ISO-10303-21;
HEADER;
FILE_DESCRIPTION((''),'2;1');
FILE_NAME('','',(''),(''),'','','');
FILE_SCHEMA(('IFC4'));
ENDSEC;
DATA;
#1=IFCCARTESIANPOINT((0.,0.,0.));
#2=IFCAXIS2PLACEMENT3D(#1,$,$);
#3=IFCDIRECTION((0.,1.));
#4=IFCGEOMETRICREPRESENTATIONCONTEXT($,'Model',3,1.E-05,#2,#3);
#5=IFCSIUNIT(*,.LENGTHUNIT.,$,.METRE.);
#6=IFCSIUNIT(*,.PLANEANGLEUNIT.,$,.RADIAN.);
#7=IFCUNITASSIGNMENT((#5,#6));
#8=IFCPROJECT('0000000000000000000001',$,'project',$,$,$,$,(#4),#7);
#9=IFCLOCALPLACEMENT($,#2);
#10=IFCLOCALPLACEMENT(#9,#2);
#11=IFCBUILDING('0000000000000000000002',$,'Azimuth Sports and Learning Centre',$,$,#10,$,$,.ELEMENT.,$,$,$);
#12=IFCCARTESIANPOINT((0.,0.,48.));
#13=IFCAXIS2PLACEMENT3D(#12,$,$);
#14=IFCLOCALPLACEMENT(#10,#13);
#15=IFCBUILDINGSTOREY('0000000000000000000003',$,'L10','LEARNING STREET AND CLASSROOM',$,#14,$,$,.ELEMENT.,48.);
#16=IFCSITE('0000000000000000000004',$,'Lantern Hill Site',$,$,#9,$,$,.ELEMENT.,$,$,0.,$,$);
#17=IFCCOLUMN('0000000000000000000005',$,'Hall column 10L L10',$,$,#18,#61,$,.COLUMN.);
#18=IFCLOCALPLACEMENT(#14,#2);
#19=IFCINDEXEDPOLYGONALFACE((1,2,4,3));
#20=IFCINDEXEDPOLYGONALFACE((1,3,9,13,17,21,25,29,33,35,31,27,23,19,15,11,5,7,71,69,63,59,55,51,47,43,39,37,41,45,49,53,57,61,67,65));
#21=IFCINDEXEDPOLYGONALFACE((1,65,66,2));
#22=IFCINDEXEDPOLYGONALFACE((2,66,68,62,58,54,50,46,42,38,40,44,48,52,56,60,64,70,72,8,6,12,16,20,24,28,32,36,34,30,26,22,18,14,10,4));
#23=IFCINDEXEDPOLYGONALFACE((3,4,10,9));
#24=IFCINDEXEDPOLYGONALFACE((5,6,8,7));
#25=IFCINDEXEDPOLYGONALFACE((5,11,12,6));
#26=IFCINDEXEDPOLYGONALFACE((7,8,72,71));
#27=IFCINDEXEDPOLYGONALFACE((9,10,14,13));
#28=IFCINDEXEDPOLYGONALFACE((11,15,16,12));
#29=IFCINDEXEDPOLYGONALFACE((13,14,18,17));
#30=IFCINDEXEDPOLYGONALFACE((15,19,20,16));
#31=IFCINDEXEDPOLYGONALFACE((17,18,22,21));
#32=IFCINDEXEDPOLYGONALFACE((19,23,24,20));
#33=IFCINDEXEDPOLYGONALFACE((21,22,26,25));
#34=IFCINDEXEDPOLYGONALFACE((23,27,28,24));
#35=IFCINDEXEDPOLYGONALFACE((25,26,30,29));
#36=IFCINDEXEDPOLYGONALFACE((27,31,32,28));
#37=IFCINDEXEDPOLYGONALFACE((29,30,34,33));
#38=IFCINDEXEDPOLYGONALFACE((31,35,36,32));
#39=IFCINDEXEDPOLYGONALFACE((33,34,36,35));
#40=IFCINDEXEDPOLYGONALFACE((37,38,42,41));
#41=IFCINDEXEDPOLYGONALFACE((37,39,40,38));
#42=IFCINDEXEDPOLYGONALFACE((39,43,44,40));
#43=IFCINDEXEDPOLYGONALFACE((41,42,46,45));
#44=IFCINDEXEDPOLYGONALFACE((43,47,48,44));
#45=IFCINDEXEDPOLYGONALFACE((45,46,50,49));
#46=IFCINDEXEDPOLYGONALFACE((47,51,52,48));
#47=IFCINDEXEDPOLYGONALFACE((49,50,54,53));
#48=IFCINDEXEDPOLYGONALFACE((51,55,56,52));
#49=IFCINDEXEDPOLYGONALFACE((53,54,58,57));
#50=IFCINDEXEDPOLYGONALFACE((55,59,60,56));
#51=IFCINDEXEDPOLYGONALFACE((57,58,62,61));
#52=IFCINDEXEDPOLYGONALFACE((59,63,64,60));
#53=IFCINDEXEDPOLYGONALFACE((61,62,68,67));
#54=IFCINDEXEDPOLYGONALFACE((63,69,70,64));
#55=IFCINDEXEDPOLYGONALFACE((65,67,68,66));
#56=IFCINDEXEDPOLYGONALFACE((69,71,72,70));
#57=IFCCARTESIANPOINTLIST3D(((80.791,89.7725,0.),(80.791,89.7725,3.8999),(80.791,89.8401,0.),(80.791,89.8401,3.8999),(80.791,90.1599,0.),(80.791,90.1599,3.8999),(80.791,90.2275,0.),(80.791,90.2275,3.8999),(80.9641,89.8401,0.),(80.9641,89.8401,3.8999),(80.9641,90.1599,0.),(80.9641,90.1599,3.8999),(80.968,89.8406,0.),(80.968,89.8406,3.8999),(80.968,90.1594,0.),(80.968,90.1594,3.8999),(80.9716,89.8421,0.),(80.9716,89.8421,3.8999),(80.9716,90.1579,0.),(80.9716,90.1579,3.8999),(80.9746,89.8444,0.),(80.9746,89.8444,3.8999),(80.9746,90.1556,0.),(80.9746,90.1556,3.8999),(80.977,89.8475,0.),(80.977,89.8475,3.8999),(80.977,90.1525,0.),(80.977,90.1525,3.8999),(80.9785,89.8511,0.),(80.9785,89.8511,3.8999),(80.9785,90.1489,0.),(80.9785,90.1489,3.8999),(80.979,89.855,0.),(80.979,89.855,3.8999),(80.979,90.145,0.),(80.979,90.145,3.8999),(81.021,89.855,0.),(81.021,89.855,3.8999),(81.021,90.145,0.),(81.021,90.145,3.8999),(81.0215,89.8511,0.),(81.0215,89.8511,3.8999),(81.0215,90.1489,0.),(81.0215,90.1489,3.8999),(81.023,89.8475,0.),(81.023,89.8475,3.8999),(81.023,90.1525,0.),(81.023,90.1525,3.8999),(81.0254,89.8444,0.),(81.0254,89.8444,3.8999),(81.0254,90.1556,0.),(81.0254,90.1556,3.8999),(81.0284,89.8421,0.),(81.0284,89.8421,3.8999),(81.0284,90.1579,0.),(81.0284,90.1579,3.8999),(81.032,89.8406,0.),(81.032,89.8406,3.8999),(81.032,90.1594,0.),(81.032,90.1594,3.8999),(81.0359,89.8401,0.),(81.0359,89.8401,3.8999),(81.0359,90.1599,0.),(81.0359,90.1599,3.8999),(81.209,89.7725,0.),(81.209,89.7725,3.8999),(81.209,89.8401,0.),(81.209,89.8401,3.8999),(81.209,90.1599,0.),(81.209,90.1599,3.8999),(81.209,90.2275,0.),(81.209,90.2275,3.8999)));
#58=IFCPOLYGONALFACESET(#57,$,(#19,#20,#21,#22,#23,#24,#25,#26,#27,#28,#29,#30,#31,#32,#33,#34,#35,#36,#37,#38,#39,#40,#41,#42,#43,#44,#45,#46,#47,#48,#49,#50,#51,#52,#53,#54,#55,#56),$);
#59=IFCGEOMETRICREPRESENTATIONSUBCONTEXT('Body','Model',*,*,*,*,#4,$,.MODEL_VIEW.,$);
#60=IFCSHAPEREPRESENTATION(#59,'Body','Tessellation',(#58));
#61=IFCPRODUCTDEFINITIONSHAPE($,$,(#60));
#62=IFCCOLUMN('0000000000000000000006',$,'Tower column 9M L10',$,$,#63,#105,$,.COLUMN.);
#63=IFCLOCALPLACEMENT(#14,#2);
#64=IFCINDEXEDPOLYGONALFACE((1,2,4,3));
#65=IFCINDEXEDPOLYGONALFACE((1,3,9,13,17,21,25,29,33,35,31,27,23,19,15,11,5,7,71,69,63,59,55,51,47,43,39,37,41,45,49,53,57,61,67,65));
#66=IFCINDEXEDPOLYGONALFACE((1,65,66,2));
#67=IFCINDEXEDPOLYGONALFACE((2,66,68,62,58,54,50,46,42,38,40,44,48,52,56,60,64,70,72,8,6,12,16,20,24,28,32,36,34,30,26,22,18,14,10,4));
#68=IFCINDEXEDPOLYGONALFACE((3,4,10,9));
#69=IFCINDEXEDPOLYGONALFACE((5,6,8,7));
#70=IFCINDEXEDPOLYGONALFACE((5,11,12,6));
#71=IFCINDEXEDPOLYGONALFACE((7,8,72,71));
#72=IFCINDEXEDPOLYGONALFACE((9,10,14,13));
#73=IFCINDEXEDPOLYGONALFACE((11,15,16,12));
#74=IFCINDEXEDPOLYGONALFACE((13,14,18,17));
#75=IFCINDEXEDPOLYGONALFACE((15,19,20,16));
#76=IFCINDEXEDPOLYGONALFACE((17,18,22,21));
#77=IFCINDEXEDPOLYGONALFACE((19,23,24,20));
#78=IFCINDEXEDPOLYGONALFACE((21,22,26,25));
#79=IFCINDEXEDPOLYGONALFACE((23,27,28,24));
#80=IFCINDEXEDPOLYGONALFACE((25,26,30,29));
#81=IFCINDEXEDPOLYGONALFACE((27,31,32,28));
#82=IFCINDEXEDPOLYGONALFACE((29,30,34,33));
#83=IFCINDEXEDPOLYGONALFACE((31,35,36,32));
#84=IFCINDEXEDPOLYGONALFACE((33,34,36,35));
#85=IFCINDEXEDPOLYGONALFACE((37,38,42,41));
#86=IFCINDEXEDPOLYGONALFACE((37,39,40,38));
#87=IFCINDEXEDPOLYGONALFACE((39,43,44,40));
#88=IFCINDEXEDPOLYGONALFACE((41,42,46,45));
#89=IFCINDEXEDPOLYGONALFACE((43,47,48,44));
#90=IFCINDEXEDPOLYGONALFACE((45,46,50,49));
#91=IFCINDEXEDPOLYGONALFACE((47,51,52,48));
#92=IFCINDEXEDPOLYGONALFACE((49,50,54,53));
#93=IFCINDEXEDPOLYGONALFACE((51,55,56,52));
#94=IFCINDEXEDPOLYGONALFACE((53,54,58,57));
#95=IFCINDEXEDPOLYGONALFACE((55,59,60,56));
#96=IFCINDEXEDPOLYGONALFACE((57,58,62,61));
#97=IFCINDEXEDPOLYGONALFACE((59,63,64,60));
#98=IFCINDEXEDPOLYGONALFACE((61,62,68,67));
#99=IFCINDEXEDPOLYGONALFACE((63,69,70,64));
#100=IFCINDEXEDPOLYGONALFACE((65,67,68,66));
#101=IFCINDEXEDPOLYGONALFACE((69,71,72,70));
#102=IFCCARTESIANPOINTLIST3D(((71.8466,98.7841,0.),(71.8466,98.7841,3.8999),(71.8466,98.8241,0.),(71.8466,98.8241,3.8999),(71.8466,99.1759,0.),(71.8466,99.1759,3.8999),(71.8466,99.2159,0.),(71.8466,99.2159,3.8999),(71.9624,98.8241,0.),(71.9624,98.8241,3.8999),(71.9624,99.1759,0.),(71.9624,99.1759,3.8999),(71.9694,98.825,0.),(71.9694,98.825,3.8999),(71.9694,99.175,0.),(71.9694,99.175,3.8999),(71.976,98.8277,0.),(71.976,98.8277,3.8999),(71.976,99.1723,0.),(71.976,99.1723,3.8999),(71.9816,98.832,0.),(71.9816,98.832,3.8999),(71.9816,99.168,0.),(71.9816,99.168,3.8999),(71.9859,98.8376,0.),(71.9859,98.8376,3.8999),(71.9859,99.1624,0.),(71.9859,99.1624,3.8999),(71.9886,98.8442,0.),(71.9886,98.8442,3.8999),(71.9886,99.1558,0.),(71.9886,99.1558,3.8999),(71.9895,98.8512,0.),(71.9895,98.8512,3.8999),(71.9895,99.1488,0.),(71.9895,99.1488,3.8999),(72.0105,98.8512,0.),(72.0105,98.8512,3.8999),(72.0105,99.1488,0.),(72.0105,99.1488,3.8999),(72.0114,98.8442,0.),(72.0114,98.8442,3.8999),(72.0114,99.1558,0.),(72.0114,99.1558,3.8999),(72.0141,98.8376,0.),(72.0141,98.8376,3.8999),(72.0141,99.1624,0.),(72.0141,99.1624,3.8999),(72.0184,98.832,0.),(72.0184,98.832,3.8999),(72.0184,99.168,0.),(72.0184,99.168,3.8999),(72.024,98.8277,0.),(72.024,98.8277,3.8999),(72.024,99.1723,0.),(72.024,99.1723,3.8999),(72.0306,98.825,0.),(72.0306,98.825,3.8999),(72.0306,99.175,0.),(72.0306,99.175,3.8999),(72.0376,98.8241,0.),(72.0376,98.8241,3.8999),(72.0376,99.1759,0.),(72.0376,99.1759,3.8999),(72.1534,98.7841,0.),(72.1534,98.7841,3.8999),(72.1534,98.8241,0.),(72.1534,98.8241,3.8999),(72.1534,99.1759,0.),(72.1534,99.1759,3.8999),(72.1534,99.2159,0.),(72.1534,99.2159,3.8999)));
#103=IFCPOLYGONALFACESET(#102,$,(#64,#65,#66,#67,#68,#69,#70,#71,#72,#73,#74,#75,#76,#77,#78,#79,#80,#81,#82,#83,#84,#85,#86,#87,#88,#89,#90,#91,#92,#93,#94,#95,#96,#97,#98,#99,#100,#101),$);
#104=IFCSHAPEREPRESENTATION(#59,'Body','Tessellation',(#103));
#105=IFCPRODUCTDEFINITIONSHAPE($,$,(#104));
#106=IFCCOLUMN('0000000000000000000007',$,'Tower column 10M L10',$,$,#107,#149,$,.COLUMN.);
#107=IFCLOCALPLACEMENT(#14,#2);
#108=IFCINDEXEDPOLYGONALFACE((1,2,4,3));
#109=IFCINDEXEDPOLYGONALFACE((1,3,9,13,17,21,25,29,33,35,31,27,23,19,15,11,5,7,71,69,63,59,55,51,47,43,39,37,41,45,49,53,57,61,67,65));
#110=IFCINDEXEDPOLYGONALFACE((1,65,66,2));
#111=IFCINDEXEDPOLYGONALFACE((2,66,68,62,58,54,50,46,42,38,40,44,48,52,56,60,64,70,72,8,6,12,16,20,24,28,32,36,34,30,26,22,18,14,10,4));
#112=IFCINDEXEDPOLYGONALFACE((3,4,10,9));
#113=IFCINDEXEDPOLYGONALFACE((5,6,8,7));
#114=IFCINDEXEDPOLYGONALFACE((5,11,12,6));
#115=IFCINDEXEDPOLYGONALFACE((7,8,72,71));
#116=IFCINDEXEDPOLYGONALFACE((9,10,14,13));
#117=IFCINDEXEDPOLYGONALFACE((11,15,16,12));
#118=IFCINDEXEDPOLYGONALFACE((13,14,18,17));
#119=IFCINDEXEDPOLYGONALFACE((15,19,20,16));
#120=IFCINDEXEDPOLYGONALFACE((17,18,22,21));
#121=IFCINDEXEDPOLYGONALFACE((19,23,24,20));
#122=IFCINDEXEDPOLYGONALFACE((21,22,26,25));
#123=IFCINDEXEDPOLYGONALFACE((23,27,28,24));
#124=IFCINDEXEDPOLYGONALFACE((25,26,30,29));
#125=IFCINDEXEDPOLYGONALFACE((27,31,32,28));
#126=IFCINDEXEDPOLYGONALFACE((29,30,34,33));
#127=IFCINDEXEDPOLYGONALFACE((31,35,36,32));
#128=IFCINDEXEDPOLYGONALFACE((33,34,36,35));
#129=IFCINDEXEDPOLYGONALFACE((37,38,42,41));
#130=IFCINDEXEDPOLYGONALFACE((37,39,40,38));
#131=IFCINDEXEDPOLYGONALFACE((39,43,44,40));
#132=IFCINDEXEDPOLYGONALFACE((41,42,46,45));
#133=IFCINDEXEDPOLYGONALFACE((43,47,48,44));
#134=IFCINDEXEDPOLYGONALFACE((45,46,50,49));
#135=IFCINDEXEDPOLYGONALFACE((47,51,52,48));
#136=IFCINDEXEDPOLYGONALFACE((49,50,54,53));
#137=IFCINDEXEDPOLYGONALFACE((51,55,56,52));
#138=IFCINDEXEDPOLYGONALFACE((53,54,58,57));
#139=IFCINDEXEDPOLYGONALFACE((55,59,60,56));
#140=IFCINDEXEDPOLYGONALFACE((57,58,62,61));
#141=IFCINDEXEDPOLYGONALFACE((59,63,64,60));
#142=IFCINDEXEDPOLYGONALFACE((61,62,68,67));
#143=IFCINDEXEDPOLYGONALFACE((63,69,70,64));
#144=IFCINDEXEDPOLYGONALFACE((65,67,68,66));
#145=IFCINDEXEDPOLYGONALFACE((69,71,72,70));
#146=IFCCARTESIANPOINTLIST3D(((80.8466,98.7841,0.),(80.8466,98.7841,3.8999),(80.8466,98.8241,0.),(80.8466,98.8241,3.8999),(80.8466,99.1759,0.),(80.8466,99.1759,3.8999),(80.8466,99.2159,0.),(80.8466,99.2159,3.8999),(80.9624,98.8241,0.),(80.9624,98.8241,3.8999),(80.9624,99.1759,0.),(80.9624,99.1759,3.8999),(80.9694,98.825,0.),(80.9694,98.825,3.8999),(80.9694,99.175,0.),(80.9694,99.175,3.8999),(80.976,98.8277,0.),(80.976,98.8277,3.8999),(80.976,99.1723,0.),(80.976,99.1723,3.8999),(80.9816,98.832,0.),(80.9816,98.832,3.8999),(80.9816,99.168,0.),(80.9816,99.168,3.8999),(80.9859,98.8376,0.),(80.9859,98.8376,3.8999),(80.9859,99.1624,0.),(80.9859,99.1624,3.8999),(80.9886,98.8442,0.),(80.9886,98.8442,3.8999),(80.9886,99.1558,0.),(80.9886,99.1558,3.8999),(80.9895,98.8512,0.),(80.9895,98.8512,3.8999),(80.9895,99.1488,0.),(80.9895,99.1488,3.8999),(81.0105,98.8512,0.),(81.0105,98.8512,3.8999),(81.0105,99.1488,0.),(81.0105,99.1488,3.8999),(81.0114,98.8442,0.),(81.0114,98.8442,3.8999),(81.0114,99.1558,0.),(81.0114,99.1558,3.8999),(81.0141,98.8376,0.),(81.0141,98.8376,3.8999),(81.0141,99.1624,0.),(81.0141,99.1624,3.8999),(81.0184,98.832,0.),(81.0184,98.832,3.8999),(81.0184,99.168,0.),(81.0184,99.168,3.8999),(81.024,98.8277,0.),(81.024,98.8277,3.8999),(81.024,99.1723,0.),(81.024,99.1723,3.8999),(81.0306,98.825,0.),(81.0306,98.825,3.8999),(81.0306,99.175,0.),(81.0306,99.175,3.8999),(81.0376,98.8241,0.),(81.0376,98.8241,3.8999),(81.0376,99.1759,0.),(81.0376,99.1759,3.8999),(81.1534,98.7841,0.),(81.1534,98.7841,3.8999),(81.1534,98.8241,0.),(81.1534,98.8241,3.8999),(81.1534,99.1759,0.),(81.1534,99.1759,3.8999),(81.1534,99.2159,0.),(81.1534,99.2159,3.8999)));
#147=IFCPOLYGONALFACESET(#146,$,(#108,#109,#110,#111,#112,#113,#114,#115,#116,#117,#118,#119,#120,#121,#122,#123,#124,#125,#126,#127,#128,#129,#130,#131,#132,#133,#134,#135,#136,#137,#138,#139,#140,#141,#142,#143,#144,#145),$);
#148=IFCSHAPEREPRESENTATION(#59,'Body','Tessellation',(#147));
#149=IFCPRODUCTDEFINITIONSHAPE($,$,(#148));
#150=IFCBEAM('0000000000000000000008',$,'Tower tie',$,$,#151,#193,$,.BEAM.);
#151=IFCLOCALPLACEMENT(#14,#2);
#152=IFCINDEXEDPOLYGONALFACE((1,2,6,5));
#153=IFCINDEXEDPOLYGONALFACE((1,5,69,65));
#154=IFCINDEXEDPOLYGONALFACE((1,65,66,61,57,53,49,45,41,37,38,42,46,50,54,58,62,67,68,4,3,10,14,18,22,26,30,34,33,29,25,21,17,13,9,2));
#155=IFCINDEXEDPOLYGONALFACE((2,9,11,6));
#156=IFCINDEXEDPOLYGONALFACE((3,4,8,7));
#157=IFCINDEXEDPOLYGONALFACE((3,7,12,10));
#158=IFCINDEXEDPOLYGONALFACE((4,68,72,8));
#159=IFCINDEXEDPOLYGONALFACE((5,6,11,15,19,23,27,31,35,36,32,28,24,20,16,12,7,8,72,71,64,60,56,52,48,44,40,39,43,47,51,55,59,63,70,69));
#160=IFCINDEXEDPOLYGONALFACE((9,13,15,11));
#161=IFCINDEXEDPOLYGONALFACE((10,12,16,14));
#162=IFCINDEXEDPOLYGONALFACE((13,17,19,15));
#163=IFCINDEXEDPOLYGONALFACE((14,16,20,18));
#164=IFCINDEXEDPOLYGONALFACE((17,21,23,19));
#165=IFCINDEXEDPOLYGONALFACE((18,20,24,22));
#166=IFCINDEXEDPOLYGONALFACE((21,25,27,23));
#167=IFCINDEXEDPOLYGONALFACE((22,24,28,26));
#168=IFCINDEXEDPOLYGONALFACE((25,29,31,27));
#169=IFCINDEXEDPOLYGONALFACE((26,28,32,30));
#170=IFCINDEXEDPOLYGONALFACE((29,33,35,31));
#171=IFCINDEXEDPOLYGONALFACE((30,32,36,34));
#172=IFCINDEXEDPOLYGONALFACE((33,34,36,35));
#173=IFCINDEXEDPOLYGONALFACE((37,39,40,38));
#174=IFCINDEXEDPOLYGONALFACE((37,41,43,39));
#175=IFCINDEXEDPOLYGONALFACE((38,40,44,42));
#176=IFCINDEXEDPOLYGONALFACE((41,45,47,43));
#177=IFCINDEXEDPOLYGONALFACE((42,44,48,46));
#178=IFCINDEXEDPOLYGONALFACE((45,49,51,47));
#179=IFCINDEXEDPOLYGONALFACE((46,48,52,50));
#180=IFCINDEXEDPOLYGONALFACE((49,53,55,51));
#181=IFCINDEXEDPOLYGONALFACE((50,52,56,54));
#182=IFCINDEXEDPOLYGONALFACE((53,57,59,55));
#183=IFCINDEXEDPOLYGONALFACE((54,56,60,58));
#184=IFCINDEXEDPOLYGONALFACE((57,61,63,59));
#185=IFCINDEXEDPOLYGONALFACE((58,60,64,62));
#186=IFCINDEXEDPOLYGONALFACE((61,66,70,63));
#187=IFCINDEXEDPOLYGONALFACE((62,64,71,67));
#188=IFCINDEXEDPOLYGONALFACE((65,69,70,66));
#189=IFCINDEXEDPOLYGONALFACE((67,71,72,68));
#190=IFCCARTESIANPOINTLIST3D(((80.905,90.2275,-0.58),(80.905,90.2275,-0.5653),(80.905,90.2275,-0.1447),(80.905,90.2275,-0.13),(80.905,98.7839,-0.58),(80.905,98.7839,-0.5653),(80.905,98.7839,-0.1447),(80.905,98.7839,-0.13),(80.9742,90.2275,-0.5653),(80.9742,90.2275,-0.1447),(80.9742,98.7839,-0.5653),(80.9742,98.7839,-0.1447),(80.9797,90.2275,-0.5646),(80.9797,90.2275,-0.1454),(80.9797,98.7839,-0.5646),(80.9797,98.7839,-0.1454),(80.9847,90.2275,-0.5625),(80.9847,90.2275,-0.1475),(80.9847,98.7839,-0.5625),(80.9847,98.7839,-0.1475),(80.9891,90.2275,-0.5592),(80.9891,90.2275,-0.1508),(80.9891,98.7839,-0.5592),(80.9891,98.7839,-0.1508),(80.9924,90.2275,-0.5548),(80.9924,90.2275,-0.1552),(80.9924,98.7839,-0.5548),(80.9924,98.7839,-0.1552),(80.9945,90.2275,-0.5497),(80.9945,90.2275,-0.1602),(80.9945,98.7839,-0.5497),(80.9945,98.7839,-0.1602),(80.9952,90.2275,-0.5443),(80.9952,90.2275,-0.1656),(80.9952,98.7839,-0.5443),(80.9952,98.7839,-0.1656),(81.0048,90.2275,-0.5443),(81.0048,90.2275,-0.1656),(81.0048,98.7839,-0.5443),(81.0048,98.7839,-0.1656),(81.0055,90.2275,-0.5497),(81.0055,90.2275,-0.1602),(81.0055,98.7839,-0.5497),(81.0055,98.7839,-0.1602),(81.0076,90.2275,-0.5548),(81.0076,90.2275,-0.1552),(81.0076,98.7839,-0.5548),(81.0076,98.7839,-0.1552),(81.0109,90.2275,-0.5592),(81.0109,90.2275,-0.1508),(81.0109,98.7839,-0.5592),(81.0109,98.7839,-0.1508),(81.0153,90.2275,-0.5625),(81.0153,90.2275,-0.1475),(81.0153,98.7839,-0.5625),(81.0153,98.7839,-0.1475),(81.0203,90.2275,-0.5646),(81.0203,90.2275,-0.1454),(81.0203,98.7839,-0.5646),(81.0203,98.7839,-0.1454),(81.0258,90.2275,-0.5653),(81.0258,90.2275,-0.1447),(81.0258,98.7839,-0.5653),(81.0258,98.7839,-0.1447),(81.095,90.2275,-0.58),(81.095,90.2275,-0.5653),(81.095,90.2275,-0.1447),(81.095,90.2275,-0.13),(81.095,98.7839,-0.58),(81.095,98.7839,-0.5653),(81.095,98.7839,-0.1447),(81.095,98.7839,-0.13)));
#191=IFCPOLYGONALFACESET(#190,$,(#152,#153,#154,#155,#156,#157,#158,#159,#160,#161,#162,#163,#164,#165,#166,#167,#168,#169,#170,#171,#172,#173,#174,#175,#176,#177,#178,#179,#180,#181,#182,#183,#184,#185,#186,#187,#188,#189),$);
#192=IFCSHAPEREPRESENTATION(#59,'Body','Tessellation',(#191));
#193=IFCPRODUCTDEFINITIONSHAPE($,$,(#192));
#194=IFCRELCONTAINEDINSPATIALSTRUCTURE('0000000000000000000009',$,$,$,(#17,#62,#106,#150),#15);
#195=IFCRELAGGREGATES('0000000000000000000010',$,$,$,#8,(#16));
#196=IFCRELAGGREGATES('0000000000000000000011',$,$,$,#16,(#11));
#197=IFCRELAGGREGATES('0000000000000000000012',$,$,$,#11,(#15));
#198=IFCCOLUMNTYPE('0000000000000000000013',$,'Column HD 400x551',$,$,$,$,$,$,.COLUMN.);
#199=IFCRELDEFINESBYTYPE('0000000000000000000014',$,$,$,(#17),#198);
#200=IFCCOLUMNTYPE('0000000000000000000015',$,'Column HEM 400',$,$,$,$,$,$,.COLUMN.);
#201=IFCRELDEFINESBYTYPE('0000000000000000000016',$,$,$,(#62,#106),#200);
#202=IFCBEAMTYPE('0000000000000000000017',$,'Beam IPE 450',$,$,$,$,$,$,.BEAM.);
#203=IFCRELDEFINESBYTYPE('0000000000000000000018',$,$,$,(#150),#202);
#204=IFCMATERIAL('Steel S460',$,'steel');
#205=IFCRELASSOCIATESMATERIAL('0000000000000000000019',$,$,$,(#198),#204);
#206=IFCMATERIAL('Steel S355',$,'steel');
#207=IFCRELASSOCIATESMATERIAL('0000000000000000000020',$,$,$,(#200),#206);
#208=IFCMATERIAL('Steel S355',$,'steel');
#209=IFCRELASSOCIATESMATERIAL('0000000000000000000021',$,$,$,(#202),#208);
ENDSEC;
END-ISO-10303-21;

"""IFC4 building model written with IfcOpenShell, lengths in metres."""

from ifc_helpers import new_model, si_unit, direction, frame, origin, origin_2d, place, context, subcontext, project, spatial, i_section, extrude, material, material_profile, profile_set, type_object, element, save


model = new_model("IFC4")

# Units and contexts
model_context = context("Model", 3, precision=1e-05, world=origin(), true_north=direction((0.0, 1.0)))
body_context = subcontext(model_context, "Body", "Model", "MODEL_VIEW")
ifc_project = project(units=[si_unit("LENGTHUNIT", "METRE"), si_unit("PLANEANGLEUNIT", "RADIAN")], contexts=[model_context])

# Site, building, storey
site_placement = place(None, origin())
site = spatial("IfcSite", under=ifc_project, at=site_placement, Name="Lantern Hill Site", CompositionType="ELEMENT", RefElevation=0.0)
building_placement = place(site_placement, origin())
building = spatial("IfcBuilding", under=site, at=building_placement, Name="Azimuth Sports and Learning Centre", CompositionType="ELEMENT")
storey_placement = place(building_placement, frame((0.0, 0.0, 48.0)))
storey = spatial("IfcBuildingStorey", under=building, at=storey_placement, Name="L10", Description="LEARNING STREET AND CLASSROOM", CompositionType="ELEMENT", Elevation=48.0)

# Columns
ifc_material_1 = material(Name="Steel S460", Category="steel")
ifc_material_profile_1 = material_profile(ifc_material_1, i_section(OverallWidth=0.418, OverallDepth=0.4551, WebThickness=0.042, FlangeThickness=0.0676, FilletRadius=0.0149, at=origin_2d()), Name="HD 400x551")
ifc_profile_set_1 = profile_set([ifc_material_profile_1], Name="Steel S460")
column_type_1 = type_object("IfcColumnType", Name="Column HD 400x551", PredefinedType="COLUMN", material=ifc_profile_set_1)
column_placement = place(storey_placement, frame((81.0, 90.0, 0.0), z_axis=(0.0, 0.0, 1.0), x_axis=(1.0, 0.0, 0.0)))
element("IfcColumn", 1, at=column_placement, inside=storey, type_object=column_type_1, Name="Hall column 10L L10", PredefinedType="COLUMN", context=body_context, shape_type="SweptSolid", body=[
    extrude(i_section(OverallWidth=0.418, OverallDepth=0.4551, WebThickness=0.042, FlangeThickness=0.0676, FilletRadius=0.0149, at=origin_2d()), origin(), (0.0, 0.0, 1.0), 3.8999),
])
ifc_material_2 = material(Name="Steel S355", Category="steel")
ifc_material_profile_2 = material_profile(ifc_material_2, i_section(OverallWidth=0.3069, OverallDepth=0.4319, WebThickness=0.021, FlangeThickness=0.04, FilletRadius=0.0271, at=origin_2d()), Name="HEM 400")
ifc_profile_set_2 = profile_set([ifc_material_profile_2], Name="Steel S355")
column_type_2 = type_object("IfcColumnType", Name="Column HEM 400", PredefinedType="COLUMN", material=ifc_profile_set_2)
for number, where, z_axis, x_axis, name in (
    (2, (72.0, 99.0, 0.0), (0.0, 0.0, 1.0), (1.0, 0.0, 0.0), "Tower column 9M L10"),
    (3, (81.0, 99.0, 0.0), (0.0, 0.0, 1.0), (1.0, 0.0, 0.0), "Tower column 10M L10"),
):
    element("IfcColumn", number, at=place(storey_placement, frame(where, z_axis=z_axis, x_axis=x_axis)), inside=storey, type_object=column_type_2, Name=name, PredefinedType="COLUMN", context=body_context, shape_type="SweptSolid", body=[
        extrude(i_section(OverallWidth=0.3069, OverallDepth=0.4319, WebThickness=0.021, FlangeThickness=0.04, FilletRadius=0.0271, at=origin_2d()), origin(), (0.0, 0.0, 1.0), 3.8999),
    ])

# Beam
ifc_material_3 = material(Name="Steel S355", Category="steel")
ifc_material_profile_3 = material_profile(ifc_material_3, i_section(OverallWidth=0.1899, OverallDepth=0.45, WebThickness=0.0095, FlangeThickness=0.0146, FilletRadius=0.021, at=origin_2d()), Name="IPE 450")
ifc_profile_set_3 = profile_set([ifc_material_profile_3], Name="Steel S355")
beam_type_1 = type_object("IfcBeamType", Name="Beam IPE 450", PredefinedType="BEAM", material=ifc_profile_set_3)
beam_1_placement = place(storey_placement, frame((81.0, 90.2275, -0.355), z_axis=(0.0, 1.0, 0.0), x_axis=(-1.0, 0.0, 0.0)))
element("IfcBeam", 4, at=beam_1_placement, inside=storey, type_object=beam_type_1, Name="Tower tie", PredefinedType="BEAM", context=body_context, shape_type="SweptSolid", body=[
    extrude(i_section(OverallWidth=0.1899, OverallDepth=0.45, WebThickness=0.0095, FlangeThickness=0.0146, FilletRadius=0.021, at=origin_2d()), origin(), (0.0, 0.0, 1.0), 8.5564),
])

save(model, "model.ifc")
